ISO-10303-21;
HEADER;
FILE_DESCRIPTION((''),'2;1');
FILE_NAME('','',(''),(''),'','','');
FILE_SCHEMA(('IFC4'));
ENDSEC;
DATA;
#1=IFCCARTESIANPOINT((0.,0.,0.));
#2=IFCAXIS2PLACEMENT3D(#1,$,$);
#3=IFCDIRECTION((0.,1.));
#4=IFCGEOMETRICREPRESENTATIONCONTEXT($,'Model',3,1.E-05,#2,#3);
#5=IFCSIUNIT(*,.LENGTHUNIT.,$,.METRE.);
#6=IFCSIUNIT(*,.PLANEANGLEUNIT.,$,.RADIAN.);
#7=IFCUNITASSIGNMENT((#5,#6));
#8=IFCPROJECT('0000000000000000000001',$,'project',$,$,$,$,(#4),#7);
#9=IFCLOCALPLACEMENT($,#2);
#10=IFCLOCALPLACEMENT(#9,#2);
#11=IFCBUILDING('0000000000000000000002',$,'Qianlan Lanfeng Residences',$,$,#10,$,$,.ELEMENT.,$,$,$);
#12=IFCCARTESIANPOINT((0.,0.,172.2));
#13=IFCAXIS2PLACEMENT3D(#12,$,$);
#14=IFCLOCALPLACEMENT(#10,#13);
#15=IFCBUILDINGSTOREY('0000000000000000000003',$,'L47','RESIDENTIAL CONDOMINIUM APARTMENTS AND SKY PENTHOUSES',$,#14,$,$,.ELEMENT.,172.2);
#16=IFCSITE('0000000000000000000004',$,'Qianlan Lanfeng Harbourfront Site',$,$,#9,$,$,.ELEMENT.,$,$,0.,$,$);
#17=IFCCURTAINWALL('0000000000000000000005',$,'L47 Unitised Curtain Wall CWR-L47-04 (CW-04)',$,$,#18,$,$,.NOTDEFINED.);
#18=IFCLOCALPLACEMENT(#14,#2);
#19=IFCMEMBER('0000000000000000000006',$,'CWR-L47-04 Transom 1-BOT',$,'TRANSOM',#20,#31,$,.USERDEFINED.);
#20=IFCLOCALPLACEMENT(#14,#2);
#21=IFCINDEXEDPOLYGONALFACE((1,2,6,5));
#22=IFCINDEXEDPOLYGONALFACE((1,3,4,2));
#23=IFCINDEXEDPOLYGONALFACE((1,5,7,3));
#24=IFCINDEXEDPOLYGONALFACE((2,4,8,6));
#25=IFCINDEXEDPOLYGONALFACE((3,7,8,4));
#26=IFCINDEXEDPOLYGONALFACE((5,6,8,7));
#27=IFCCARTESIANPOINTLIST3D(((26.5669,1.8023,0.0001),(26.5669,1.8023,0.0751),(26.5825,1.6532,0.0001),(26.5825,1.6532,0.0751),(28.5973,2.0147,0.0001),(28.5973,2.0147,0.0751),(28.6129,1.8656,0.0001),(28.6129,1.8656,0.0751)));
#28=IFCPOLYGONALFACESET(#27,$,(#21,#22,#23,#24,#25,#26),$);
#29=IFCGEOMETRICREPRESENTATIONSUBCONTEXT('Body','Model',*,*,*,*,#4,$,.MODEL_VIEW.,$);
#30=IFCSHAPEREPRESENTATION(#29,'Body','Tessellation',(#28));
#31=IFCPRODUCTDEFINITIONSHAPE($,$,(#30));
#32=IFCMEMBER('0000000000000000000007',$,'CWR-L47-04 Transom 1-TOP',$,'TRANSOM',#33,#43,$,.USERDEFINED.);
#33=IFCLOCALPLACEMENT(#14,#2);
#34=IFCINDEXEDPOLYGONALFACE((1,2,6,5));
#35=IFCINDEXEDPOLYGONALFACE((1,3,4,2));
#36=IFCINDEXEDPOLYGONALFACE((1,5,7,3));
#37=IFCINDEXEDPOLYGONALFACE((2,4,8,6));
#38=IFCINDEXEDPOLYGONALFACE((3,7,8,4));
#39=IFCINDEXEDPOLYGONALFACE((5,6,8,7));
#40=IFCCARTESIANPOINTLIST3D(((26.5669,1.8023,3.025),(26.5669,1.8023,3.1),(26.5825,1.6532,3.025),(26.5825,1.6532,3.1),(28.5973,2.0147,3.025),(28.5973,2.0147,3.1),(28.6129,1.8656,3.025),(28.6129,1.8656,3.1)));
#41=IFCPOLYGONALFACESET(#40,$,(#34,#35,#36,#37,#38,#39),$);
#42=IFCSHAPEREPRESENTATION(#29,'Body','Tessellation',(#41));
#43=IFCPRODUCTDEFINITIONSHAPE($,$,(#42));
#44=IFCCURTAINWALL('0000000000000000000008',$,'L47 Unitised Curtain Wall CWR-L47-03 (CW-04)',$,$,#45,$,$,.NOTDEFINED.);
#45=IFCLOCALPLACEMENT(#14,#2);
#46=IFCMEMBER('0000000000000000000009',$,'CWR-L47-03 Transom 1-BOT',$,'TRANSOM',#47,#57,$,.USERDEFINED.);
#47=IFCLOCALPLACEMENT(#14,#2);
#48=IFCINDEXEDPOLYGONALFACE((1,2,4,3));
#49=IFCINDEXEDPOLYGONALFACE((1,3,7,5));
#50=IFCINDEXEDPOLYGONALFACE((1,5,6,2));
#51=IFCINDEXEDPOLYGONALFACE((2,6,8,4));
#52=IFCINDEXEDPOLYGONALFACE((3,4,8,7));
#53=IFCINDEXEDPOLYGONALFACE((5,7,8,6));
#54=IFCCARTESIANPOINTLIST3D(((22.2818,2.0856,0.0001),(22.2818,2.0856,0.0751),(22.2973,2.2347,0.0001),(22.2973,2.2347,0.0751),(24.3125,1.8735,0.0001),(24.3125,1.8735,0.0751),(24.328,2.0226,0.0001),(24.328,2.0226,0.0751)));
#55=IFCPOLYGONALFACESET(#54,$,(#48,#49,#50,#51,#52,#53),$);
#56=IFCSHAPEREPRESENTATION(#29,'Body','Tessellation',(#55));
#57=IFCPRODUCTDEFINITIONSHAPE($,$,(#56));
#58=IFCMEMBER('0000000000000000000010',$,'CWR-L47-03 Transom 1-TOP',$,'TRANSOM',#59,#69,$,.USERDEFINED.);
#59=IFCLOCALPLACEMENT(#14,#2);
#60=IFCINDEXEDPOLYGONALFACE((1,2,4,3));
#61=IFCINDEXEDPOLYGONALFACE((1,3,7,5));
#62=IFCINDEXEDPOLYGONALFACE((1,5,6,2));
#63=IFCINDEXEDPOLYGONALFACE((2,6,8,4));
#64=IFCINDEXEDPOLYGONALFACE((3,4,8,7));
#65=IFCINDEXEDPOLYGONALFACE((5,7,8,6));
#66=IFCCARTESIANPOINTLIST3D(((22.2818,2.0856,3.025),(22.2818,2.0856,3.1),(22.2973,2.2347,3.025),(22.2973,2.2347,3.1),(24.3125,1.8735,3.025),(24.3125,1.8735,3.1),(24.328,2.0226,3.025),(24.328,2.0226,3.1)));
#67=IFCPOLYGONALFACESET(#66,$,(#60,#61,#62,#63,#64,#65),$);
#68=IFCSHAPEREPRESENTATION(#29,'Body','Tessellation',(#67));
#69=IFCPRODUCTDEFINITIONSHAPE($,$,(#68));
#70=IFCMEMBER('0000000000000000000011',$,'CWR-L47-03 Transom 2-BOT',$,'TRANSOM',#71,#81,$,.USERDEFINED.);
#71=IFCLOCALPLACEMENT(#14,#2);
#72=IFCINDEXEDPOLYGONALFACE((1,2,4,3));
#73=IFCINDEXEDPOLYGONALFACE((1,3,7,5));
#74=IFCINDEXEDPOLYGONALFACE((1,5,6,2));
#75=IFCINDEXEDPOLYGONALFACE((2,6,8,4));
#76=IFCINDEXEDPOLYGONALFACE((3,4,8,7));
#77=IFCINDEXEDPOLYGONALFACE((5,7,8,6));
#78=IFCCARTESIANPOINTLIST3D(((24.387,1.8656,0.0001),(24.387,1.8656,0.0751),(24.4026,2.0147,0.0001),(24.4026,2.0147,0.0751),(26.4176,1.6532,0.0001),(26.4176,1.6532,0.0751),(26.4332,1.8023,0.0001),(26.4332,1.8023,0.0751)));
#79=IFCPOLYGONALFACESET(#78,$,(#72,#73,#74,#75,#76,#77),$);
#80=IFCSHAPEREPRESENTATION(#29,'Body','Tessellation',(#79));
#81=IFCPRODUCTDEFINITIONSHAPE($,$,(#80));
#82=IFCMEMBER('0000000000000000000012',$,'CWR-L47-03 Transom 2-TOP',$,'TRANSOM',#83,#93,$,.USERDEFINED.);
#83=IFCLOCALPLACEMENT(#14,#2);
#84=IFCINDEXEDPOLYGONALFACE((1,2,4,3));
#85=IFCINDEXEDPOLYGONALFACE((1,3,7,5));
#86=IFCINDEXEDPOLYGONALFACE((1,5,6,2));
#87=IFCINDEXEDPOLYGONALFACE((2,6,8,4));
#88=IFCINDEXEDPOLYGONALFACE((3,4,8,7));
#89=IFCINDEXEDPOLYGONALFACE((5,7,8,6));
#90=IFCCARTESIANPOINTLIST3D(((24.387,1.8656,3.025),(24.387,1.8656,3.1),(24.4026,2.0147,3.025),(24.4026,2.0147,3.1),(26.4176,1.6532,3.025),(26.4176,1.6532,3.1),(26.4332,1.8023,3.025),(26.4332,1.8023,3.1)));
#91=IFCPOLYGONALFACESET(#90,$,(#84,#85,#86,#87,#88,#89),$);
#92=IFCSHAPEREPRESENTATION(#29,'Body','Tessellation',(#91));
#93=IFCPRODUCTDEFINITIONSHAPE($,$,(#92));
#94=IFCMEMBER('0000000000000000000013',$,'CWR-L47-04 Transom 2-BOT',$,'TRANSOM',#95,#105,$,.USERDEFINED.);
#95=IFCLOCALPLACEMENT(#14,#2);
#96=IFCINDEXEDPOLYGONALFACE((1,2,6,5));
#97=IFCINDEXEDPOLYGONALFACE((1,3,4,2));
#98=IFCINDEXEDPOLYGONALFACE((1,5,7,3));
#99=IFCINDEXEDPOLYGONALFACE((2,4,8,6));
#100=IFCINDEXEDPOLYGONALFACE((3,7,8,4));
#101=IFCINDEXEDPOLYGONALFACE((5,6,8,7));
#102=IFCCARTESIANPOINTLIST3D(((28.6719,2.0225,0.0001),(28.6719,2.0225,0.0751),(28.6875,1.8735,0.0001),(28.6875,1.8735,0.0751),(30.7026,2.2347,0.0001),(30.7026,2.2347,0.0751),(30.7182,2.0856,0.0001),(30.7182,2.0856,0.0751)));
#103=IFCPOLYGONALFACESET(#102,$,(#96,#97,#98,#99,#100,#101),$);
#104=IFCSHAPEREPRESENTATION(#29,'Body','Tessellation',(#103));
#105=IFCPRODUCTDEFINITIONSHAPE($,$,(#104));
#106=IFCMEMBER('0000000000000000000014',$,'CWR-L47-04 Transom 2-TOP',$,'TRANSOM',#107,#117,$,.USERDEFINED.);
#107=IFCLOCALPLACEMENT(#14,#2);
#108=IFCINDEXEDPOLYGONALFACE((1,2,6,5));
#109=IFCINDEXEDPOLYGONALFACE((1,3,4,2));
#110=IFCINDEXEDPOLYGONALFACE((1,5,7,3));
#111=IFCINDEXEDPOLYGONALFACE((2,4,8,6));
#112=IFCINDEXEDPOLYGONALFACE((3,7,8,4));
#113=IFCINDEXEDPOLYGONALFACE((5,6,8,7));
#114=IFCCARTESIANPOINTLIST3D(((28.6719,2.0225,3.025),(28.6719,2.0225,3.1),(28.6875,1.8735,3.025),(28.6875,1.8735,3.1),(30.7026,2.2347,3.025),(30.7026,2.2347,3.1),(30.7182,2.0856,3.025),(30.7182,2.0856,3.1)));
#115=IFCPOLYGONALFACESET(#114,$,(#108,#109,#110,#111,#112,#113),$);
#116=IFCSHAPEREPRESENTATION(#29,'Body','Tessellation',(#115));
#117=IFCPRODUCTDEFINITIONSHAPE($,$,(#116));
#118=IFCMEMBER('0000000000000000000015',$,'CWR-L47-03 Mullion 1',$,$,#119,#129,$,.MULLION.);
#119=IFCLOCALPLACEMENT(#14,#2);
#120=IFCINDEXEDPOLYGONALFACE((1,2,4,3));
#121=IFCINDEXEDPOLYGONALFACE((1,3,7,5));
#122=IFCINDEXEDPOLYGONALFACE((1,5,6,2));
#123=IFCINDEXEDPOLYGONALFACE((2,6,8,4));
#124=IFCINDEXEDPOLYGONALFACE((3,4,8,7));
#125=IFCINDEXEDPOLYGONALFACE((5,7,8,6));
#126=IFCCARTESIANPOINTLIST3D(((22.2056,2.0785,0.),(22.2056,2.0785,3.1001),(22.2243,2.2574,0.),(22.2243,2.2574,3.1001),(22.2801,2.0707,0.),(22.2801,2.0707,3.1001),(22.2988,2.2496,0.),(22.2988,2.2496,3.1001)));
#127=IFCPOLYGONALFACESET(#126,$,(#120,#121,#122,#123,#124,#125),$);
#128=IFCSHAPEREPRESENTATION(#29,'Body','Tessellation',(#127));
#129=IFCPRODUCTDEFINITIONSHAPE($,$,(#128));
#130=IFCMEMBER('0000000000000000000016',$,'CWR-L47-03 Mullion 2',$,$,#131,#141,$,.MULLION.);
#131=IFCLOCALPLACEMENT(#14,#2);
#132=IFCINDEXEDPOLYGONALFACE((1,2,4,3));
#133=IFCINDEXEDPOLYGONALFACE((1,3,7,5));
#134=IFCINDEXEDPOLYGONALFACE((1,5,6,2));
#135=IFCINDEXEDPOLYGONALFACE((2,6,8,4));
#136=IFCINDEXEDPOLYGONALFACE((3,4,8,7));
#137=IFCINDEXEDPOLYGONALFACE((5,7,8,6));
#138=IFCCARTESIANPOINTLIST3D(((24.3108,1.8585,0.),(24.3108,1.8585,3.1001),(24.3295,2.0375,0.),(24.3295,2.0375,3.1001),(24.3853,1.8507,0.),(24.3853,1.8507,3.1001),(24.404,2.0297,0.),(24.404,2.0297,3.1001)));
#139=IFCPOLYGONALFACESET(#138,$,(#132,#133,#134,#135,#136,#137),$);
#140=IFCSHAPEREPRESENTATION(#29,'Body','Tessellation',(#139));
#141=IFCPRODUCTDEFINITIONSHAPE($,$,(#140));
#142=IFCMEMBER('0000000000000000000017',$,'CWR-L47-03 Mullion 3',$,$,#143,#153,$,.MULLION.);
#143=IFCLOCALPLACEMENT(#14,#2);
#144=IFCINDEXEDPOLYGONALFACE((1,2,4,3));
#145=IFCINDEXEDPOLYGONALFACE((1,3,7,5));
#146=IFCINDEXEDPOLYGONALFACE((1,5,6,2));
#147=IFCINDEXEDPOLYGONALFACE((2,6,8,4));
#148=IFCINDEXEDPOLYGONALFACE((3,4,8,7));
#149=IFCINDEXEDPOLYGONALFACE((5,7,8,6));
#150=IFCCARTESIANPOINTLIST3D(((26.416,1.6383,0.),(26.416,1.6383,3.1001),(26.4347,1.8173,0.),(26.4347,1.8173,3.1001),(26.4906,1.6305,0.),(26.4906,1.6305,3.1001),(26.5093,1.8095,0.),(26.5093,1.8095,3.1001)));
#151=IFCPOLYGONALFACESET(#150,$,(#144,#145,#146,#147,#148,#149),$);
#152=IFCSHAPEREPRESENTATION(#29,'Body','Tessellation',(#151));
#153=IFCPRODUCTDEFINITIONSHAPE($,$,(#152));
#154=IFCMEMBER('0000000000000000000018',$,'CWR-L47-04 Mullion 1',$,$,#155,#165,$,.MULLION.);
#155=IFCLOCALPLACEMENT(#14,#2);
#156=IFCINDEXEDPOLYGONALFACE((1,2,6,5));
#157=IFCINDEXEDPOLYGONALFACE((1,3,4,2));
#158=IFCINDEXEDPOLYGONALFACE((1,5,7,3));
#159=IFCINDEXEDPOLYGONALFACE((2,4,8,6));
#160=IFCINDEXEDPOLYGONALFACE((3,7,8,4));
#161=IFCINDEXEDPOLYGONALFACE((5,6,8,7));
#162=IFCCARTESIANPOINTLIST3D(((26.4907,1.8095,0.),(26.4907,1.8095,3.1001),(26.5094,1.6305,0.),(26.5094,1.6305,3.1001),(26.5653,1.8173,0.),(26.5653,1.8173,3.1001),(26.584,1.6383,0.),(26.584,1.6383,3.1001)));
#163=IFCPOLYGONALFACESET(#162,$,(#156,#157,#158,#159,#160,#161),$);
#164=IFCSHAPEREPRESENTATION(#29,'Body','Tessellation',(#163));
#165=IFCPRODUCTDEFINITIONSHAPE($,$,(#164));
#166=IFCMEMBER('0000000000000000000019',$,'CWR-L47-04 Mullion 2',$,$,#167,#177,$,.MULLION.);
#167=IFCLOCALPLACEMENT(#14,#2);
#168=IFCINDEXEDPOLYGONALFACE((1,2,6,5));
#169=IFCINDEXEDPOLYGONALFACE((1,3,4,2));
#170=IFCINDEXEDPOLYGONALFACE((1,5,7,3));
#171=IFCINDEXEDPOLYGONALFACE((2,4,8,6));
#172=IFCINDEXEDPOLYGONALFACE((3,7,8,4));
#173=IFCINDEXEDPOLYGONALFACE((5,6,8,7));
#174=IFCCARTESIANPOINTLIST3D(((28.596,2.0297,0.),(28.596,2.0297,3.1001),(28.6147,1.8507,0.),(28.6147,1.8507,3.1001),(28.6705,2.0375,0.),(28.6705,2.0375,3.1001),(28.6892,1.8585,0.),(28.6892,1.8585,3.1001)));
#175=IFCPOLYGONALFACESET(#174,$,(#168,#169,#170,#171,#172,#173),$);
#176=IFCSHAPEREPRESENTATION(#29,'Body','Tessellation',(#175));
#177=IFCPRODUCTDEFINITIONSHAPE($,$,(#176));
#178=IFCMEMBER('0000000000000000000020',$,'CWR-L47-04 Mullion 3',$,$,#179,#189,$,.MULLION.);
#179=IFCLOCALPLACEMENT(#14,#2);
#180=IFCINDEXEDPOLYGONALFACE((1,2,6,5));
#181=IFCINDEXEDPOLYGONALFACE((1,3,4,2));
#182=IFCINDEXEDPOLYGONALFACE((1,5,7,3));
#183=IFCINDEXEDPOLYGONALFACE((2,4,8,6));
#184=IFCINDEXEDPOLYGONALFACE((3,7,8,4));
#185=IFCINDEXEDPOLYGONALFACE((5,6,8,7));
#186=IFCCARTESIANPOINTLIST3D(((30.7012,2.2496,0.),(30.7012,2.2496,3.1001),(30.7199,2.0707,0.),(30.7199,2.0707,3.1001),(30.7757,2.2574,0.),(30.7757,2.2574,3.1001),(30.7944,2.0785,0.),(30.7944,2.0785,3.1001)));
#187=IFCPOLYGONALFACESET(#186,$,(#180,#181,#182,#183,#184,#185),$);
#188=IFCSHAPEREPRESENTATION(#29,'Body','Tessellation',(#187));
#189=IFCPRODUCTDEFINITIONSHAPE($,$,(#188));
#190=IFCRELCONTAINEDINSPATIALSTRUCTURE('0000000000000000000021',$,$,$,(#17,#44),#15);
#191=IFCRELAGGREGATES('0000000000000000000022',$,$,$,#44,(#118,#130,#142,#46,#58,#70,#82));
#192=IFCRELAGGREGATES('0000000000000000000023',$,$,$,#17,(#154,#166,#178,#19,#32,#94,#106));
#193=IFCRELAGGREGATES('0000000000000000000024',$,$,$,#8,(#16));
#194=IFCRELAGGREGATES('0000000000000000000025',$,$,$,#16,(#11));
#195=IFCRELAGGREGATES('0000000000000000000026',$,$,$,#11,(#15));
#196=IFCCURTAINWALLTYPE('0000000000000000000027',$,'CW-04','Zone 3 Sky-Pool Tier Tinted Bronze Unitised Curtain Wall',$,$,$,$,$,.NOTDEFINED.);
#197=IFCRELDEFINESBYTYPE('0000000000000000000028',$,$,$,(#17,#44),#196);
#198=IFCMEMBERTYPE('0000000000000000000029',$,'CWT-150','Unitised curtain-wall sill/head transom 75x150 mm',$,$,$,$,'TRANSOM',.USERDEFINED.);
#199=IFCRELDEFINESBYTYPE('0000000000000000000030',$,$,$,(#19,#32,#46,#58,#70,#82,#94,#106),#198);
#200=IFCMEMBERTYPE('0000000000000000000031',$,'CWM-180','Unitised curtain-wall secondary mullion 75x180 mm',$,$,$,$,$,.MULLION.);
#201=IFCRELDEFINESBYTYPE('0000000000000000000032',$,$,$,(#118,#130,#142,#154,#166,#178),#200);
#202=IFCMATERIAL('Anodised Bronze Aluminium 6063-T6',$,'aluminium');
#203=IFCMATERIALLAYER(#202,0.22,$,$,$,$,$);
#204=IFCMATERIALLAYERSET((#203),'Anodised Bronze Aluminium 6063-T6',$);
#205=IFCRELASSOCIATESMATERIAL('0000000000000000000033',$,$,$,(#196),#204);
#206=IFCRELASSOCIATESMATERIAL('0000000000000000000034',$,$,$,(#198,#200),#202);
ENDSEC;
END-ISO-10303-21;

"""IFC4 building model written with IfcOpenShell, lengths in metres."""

from ifc_helpers import new_model, si_unit, direction, frame, origin, origin_2d, place, context, subcontext, project, spatial, rectangle, extrude, source, transform, mapped, material, layer, layer_set, material_profile, profile_set, type_object, element, aggregate, save


model = new_model("IFC4")

# Units and contexts
model_context = context("Model", 3, precision=1e-05, world=origin(), true_north=direction((0.0, 1.0)))
body_context = subcontext(model_context, "Body", "Model", "MODEL_VIEW")
ifc_project = project(units=[si_unit("LENGTHUNIT", "METRE"), si_unit("PLANEANGLEUNIT", "RADIAN")], contexts=[model_context])

# Site, building, storey
site_placement = place(None, origin())
site = spatial("IfcSite", under=ifc_project, at=site_placement, Name="Qianlan Lanfeng Harbourfront Site", CompositionType="ELEMENT", RefElevation=0.0)
building_placement = place(site_placement, origin())
building = spatial("IfcBuilding", under=site, at=building_placement, Name="Qianlan Lanfeng Residences", CompositionType="ELEMENT")
storey_placement = place(building_placement, frame((0.0, 0.0, 172.2)))
storey = spatial("IfcBuildingStorey", under=building, at=storey_placement, Name="L47", Description="RESIDENTIAL CONDOMINIUM APARTMENTS AND SKY PENTHOUSES", CompositionType="ELEMENT", Elevation=172.2)

# Curtain walls, members
ifc_material_1 = material(Name="Anodised Bronze Aluminium 6063-T6", Category="aluminium")
ifc_layer_1 = layer(ifc_material_1, 0.22)
ifc_layer_set_1 = layer_set([ifc_layer_1], Name="Anodised Bronze Aluminium 6063-T6")
curtain_wall_type = type_object("IfcCurtainWallType", Name="CW-04", Description="Zone 3 Sky-Pool Tier Tinted Bronze Unitised Curtain Wall", PredefinedType="NOTDEFINED", material=ifc_layer_set_1)
curtain_wall_1_placement = place(storey_placement, origin())
curtain_wall_1 = element("IfcCurtainWall", 1, at=curtain_wall_1_placement, inside=storey, type_object=curtain_wall_type, Name="L47 Unitised Curtain Wall CWR-L47-04 (CW-04)", PredefinedType="NOTDEFINED")
ifc_material_profile_1 = material_profile(ifc_material_1, rectangle(XDim=0.075, YDim=0.1499, at=origin_2d()), Name="ALU TRANSOM 75x150")
ifc_profile_set_1 = profile_set([ifc_material_profile_1], Name="Anodised Bronze Aluminium 6063-T6")
member_type_1 = type_object("IfcMemberType", Name="CWT-150", Description="Unitised curtain-wall sill/head transom 75x150 mm", ElementType="TRANSOM", PredefinedType="USERDEFINED", material=ifc_profile_set_1)
shared_shape_1 = source(origin(), body_context, "Body", "SweptSolid", [
    extrude(rectangle(XDim=0.075, YDim=0.1499, at=origin_2d()), origin(), (0.0, 0.0, 1.0), 2.0415),
])
member_1_placement = place(storey_placement, frame((26.5747, 1.7278, 0.0376), z_axis=(0.994573, 0.104037, 0.0), x_axis=(0.0, 0.0, 1.0)))
member_1 = element("IfcMember", 2, at=member_1_placement, type_object=member_type_1, Name="CWR-L47-04 Transom 1-BOT", ObjectType="TRANSOM", PredefinedType="USERDEFINED", context=body_context, shape_type="MappedRepresentation", body=[
    mapped(shared_shape_1, transform((0.0, 0.0, 0.0), scale=1.0)),
])
member_2_placement = place(storey_placement, frame((26.5747, 1.7278, 3.0625), z_axis=(0.994573, 0.104037, 0.0), x_axis=(0.0, 0.0, 1.0)))
member_2 = element("IfcMember", 3, at=member_2_placement, type_object=member_type_1, Name="CWR-L47-04 Transom 1-TOP", ObjectType="TRANSOM", PredefinedType="USERDEFINED", context=body_context, shape_type="MappedRepresentation", body=[
    mapped(shared_shape_1, transform((0.0, 0.0, 0.0), scale=1.0)),
])
curtain_wall_2_placement = place(storey_placement, origin())
curtain_wall_2 = element("IfcCurtainWall", 4, at=curtain_wall_2_placement, inside=storey, type_object=curtain_wall_type, Name="L47 Unitised Curtain Wall CWR-L47-03 (CW-04)", PredefinedType="NOTDEFINED")
shared_shape_2 = source(origin(), body_context, "Body", "SweptSolid", [
    extrude(rectangle(XDim=0.075, YDim=0.1499, at=origin_2d()), origin(), (0.0, 0.0, 1.0), 2.0417),
])
member_3_placement = place(storey_placement, frame((22.2896, 2.1602, 0.0376), z_axis=(0.994587, -0.103907, 0.0), x_axis=(0.0, 0.0, 1.0)))
member_3 = element("IfcMember", 5, at=member_3_placement, type_object=member_type_1, Name="CWR-L47-03 Transom 1-BOT", ObjectType="TRANSOM", PredefinedType="USERDEFINED", context=body_context, shape_type="MappedRepresentation", body=[
    mapped(shared_shape_2, transform((0.0, 0.0, 0.0), scale=1.0)),
])
member_4_placement = place(storey_placement, frame((22.2896, 2.1602, 3.0625), z_axis=(0.994587, -0.103907, 0.0), x_axis=(0.0, 0.0, 1.0)))
member_4 = element("IfcMember", 6, at=member_4_placement, type_object=member_type_1, Name="CWR-L47-03 Transom 1-TOP", ObjectType="TRANSOM", PredefinedType="USERDEFINED", context=body_context, shape_type="MappedRepresentation", body=[
    mapped(shared_shape_2, transform((0.0, 0.0, 0.0), scale=1.0)),
])
member_5_placement = place(storey_placement, frame((24.3948, 1.9402, 0.0376), z_axis=(0.994575, -0.104025, 0.0), x_axis=(0.0, 0.0, 1.0)))
member_5 = element("IfcMember", 7, at=member_5_placement, type_object=member_type_1, Name="CWR-L47-03 Transom 2-BOT", ObjectType="TRANSOM", PredefinedType="USERDEFINED", context=body_context, shape_type="MappedRepresentation", body=[
    mapped(shared_shape_2, transform((0.0, 0.0, 0.0), scale=1.0)),
])
member_6_placement = place(storey_placement, frame((24.3948, 1.9402, 3.0625), z_axis=(0.994575, -0.104025, 0.0), x_axis=(0.0, 0.0, 1.0)))
member_6 = element("IfcMember", 8, at=member_6_placement, type_object=member_type_1, Name="CWR-L47-03 Transom 2-TOP", ObjectType="TRANSOM", PredefinedType="USERDEFINED", context=body_context, shape_type="MappedRepresentation", body=[
    mapped(shared_shape_2, transform((0.0, 0.0, 0.0), scale=1.0)),
])

# Members
member_7_placement = place(storey_placement, frame((28.6797, 1.948, 0.0376), z_axis=(0.994587, 0.103907, 0.0), x_axis=(0.0, 0.0, 1.0)))
member_7 = element("IfcMember", 9, at=member_7_placement, type_object=member_type_1, Name="CWR-L47-04 Transom 2-BOT", ObjectType="TRANSOM", PredefinedType="USERDEFINED", context=body_context, shape_type="MappedRepresentation", body=[
    mapped(shared_shape_2, transform((0.0, 0.0, 0.0), scale=1.0)),
])
member_8_placement = place(storey_placement, frame((28.6797, 1.948, 3.0625), z_axis=(0.994587, 0.103907, 0.0), x_axis=(0.0, 0.0, 1.0)))
member_8 = element("IfcMember", 10, at=member_8_placement, type_object=member_type_1, Name="CWR-L47-04 Transom 2-TOP", ObjectType="TRANSOM", PredefinedType="USERDEFINED", context=body_context, shape_type="MappedRepresentation", body=[
    mapped(shared_shape_2, transform((0.0, 0.0, 0.0), scale=1.0)),
])
ifc_material_profile_2 = material_profile(ifc_material_1, rectangle(XDim=0.075, YDim=0.1799, at=origin_2d()), Name="ALU MULLION 75x180")
ifc_profile_set_2 = profile_set([ifc_material_profile_2], Name="Anodised Bronze Aluminium 6063-T6")
member_type_2 = type_object("IfcMemberType", Name="CWM-180", Description="Unitised curtain-wall secondary mullion 75x180 mm", PredefinedType="MULLION", material=ifc_profile_set_2)
shared_shape_3 = source(origin(), body_context, "Body", "SweptSolid", [
    extrude(rectangle(XDim=0.075, YDim=0.1799, at=origin_2d()), origin(), (0.0, 0.0, 1.0), 3.1001),
])
member_9_placement = place(storey_placement, frame((22.2522, 2.1641, 0.0), z_axis=(0.0, 0.0, 1.0), x_axis=(0.994579, -0.103983, 0.0)))
member_9 = element("IfcMember", 11, at=member_9_placement, type_object=member_type_2, Name="CWR-L47-03 Mullion 1", PredefinedType="MULLION", context=body_context, shape_type="MappedRepresentation", body=[
    mapped(shared_shape_3, transform((0.0, 0.0, 0.0), scale=1.0)),
])
member_10_placement = place(storey_placement, frame((24.3574, 1.9441, 0.0), z_axis=(0.0, 0.0, 1.0), x_axis=(0.994579, -0.103983, 0.0)))
member_10 = element("IfcMember", 12, at=member_10_placement, type_object=member_type_2, Name="CWR-L47-03 Mullion 2", PredefinedType="MULLION", context=body_context, shape_type="MappedRepresentation", body=[
    mapped(shared_shape_3, transform((0.0, 0.0, 0.0), scale=1.0)),
])
member_11_placement = place(storey_placement, frame((26.4626, 1.7239, 0.0), z_axis=(0.0, 0.0, 1.0), x_axis=(0.994579, -0.103983, 0.0)))
member_11 = element("IfcMember", 13, at=member_11_placement, type_object=member_type_2, Name="CWR-L47-03 Mullion 3", PredefinedType="MULLION", context=body_context, shape_type="MappedRepresentation", body=[
    mapped(shared_shape_3, transform((0.0, 0.0, 0.0), scale=1.0)),
])
member_12_placement = place(storey_placement, frame((26.5374, 1.7239, 0.0), z_axis=(0.0, 0.0, 1.0), x_axis=(0.994579, 0.103983, 0.0)))
member_12 = element("IfcMember", 14, at=member_12_placement, type_object=member_type_2, Name="CWR-L47-04 Mullion 1", PredefinedType="MULLION", context=body_context, shape_type="MappedRepresentation", body=[
    mapped(shared_shape_3, transform((0.0, 0.0, 0.0), scale=1.0)),
])
member_13_placement = place(storey_placement, frame((28.6426, 1.9441, 0.0), z_axis=(0.0, 0.0, 1.0), x_axis=(0.994579, 0.103983, 0.0)))
member_13 = element("IfcMember", 15, at=member_13_placement, type_object=member_type_2, Name="CWR-L47-04 Mullion 2", PredefinedType="MULLION", context=body_context, shape_type="MappedRepresentation", body=[
    mapped(shared_shape_3, transform((0.0, 0.0, 0.0), scale=1.0)),
])
member_14_placement = place(storey_placement, frame((30.7478, 2.1641, 0.0), z_axis=(0.0, 0.0, 1.0), x_axis=(0.994579, 0.103983, 0.0)))
member_14 = element("IfcMember", 16, at=member_14_placement, type_object=member_type_2, Name="CWR-L47-04 Mullion 3", PredefinedType="MULLION", context=body_context, shape_type="MappedRepresentation", body=[
    mapped(shared_shape_3, transform((0.0, 0.0, 0.0), scale=1.0)),
])

aggregate(curtain_wall_2, [member_9, member_10, member_11, member_3, member_4, member_5, member_6])
aggregate(curtain_wall_1, [member_12, member_13, member_14, member_1, member_2, member_7, member_8])

save(model, "model.ifc")
